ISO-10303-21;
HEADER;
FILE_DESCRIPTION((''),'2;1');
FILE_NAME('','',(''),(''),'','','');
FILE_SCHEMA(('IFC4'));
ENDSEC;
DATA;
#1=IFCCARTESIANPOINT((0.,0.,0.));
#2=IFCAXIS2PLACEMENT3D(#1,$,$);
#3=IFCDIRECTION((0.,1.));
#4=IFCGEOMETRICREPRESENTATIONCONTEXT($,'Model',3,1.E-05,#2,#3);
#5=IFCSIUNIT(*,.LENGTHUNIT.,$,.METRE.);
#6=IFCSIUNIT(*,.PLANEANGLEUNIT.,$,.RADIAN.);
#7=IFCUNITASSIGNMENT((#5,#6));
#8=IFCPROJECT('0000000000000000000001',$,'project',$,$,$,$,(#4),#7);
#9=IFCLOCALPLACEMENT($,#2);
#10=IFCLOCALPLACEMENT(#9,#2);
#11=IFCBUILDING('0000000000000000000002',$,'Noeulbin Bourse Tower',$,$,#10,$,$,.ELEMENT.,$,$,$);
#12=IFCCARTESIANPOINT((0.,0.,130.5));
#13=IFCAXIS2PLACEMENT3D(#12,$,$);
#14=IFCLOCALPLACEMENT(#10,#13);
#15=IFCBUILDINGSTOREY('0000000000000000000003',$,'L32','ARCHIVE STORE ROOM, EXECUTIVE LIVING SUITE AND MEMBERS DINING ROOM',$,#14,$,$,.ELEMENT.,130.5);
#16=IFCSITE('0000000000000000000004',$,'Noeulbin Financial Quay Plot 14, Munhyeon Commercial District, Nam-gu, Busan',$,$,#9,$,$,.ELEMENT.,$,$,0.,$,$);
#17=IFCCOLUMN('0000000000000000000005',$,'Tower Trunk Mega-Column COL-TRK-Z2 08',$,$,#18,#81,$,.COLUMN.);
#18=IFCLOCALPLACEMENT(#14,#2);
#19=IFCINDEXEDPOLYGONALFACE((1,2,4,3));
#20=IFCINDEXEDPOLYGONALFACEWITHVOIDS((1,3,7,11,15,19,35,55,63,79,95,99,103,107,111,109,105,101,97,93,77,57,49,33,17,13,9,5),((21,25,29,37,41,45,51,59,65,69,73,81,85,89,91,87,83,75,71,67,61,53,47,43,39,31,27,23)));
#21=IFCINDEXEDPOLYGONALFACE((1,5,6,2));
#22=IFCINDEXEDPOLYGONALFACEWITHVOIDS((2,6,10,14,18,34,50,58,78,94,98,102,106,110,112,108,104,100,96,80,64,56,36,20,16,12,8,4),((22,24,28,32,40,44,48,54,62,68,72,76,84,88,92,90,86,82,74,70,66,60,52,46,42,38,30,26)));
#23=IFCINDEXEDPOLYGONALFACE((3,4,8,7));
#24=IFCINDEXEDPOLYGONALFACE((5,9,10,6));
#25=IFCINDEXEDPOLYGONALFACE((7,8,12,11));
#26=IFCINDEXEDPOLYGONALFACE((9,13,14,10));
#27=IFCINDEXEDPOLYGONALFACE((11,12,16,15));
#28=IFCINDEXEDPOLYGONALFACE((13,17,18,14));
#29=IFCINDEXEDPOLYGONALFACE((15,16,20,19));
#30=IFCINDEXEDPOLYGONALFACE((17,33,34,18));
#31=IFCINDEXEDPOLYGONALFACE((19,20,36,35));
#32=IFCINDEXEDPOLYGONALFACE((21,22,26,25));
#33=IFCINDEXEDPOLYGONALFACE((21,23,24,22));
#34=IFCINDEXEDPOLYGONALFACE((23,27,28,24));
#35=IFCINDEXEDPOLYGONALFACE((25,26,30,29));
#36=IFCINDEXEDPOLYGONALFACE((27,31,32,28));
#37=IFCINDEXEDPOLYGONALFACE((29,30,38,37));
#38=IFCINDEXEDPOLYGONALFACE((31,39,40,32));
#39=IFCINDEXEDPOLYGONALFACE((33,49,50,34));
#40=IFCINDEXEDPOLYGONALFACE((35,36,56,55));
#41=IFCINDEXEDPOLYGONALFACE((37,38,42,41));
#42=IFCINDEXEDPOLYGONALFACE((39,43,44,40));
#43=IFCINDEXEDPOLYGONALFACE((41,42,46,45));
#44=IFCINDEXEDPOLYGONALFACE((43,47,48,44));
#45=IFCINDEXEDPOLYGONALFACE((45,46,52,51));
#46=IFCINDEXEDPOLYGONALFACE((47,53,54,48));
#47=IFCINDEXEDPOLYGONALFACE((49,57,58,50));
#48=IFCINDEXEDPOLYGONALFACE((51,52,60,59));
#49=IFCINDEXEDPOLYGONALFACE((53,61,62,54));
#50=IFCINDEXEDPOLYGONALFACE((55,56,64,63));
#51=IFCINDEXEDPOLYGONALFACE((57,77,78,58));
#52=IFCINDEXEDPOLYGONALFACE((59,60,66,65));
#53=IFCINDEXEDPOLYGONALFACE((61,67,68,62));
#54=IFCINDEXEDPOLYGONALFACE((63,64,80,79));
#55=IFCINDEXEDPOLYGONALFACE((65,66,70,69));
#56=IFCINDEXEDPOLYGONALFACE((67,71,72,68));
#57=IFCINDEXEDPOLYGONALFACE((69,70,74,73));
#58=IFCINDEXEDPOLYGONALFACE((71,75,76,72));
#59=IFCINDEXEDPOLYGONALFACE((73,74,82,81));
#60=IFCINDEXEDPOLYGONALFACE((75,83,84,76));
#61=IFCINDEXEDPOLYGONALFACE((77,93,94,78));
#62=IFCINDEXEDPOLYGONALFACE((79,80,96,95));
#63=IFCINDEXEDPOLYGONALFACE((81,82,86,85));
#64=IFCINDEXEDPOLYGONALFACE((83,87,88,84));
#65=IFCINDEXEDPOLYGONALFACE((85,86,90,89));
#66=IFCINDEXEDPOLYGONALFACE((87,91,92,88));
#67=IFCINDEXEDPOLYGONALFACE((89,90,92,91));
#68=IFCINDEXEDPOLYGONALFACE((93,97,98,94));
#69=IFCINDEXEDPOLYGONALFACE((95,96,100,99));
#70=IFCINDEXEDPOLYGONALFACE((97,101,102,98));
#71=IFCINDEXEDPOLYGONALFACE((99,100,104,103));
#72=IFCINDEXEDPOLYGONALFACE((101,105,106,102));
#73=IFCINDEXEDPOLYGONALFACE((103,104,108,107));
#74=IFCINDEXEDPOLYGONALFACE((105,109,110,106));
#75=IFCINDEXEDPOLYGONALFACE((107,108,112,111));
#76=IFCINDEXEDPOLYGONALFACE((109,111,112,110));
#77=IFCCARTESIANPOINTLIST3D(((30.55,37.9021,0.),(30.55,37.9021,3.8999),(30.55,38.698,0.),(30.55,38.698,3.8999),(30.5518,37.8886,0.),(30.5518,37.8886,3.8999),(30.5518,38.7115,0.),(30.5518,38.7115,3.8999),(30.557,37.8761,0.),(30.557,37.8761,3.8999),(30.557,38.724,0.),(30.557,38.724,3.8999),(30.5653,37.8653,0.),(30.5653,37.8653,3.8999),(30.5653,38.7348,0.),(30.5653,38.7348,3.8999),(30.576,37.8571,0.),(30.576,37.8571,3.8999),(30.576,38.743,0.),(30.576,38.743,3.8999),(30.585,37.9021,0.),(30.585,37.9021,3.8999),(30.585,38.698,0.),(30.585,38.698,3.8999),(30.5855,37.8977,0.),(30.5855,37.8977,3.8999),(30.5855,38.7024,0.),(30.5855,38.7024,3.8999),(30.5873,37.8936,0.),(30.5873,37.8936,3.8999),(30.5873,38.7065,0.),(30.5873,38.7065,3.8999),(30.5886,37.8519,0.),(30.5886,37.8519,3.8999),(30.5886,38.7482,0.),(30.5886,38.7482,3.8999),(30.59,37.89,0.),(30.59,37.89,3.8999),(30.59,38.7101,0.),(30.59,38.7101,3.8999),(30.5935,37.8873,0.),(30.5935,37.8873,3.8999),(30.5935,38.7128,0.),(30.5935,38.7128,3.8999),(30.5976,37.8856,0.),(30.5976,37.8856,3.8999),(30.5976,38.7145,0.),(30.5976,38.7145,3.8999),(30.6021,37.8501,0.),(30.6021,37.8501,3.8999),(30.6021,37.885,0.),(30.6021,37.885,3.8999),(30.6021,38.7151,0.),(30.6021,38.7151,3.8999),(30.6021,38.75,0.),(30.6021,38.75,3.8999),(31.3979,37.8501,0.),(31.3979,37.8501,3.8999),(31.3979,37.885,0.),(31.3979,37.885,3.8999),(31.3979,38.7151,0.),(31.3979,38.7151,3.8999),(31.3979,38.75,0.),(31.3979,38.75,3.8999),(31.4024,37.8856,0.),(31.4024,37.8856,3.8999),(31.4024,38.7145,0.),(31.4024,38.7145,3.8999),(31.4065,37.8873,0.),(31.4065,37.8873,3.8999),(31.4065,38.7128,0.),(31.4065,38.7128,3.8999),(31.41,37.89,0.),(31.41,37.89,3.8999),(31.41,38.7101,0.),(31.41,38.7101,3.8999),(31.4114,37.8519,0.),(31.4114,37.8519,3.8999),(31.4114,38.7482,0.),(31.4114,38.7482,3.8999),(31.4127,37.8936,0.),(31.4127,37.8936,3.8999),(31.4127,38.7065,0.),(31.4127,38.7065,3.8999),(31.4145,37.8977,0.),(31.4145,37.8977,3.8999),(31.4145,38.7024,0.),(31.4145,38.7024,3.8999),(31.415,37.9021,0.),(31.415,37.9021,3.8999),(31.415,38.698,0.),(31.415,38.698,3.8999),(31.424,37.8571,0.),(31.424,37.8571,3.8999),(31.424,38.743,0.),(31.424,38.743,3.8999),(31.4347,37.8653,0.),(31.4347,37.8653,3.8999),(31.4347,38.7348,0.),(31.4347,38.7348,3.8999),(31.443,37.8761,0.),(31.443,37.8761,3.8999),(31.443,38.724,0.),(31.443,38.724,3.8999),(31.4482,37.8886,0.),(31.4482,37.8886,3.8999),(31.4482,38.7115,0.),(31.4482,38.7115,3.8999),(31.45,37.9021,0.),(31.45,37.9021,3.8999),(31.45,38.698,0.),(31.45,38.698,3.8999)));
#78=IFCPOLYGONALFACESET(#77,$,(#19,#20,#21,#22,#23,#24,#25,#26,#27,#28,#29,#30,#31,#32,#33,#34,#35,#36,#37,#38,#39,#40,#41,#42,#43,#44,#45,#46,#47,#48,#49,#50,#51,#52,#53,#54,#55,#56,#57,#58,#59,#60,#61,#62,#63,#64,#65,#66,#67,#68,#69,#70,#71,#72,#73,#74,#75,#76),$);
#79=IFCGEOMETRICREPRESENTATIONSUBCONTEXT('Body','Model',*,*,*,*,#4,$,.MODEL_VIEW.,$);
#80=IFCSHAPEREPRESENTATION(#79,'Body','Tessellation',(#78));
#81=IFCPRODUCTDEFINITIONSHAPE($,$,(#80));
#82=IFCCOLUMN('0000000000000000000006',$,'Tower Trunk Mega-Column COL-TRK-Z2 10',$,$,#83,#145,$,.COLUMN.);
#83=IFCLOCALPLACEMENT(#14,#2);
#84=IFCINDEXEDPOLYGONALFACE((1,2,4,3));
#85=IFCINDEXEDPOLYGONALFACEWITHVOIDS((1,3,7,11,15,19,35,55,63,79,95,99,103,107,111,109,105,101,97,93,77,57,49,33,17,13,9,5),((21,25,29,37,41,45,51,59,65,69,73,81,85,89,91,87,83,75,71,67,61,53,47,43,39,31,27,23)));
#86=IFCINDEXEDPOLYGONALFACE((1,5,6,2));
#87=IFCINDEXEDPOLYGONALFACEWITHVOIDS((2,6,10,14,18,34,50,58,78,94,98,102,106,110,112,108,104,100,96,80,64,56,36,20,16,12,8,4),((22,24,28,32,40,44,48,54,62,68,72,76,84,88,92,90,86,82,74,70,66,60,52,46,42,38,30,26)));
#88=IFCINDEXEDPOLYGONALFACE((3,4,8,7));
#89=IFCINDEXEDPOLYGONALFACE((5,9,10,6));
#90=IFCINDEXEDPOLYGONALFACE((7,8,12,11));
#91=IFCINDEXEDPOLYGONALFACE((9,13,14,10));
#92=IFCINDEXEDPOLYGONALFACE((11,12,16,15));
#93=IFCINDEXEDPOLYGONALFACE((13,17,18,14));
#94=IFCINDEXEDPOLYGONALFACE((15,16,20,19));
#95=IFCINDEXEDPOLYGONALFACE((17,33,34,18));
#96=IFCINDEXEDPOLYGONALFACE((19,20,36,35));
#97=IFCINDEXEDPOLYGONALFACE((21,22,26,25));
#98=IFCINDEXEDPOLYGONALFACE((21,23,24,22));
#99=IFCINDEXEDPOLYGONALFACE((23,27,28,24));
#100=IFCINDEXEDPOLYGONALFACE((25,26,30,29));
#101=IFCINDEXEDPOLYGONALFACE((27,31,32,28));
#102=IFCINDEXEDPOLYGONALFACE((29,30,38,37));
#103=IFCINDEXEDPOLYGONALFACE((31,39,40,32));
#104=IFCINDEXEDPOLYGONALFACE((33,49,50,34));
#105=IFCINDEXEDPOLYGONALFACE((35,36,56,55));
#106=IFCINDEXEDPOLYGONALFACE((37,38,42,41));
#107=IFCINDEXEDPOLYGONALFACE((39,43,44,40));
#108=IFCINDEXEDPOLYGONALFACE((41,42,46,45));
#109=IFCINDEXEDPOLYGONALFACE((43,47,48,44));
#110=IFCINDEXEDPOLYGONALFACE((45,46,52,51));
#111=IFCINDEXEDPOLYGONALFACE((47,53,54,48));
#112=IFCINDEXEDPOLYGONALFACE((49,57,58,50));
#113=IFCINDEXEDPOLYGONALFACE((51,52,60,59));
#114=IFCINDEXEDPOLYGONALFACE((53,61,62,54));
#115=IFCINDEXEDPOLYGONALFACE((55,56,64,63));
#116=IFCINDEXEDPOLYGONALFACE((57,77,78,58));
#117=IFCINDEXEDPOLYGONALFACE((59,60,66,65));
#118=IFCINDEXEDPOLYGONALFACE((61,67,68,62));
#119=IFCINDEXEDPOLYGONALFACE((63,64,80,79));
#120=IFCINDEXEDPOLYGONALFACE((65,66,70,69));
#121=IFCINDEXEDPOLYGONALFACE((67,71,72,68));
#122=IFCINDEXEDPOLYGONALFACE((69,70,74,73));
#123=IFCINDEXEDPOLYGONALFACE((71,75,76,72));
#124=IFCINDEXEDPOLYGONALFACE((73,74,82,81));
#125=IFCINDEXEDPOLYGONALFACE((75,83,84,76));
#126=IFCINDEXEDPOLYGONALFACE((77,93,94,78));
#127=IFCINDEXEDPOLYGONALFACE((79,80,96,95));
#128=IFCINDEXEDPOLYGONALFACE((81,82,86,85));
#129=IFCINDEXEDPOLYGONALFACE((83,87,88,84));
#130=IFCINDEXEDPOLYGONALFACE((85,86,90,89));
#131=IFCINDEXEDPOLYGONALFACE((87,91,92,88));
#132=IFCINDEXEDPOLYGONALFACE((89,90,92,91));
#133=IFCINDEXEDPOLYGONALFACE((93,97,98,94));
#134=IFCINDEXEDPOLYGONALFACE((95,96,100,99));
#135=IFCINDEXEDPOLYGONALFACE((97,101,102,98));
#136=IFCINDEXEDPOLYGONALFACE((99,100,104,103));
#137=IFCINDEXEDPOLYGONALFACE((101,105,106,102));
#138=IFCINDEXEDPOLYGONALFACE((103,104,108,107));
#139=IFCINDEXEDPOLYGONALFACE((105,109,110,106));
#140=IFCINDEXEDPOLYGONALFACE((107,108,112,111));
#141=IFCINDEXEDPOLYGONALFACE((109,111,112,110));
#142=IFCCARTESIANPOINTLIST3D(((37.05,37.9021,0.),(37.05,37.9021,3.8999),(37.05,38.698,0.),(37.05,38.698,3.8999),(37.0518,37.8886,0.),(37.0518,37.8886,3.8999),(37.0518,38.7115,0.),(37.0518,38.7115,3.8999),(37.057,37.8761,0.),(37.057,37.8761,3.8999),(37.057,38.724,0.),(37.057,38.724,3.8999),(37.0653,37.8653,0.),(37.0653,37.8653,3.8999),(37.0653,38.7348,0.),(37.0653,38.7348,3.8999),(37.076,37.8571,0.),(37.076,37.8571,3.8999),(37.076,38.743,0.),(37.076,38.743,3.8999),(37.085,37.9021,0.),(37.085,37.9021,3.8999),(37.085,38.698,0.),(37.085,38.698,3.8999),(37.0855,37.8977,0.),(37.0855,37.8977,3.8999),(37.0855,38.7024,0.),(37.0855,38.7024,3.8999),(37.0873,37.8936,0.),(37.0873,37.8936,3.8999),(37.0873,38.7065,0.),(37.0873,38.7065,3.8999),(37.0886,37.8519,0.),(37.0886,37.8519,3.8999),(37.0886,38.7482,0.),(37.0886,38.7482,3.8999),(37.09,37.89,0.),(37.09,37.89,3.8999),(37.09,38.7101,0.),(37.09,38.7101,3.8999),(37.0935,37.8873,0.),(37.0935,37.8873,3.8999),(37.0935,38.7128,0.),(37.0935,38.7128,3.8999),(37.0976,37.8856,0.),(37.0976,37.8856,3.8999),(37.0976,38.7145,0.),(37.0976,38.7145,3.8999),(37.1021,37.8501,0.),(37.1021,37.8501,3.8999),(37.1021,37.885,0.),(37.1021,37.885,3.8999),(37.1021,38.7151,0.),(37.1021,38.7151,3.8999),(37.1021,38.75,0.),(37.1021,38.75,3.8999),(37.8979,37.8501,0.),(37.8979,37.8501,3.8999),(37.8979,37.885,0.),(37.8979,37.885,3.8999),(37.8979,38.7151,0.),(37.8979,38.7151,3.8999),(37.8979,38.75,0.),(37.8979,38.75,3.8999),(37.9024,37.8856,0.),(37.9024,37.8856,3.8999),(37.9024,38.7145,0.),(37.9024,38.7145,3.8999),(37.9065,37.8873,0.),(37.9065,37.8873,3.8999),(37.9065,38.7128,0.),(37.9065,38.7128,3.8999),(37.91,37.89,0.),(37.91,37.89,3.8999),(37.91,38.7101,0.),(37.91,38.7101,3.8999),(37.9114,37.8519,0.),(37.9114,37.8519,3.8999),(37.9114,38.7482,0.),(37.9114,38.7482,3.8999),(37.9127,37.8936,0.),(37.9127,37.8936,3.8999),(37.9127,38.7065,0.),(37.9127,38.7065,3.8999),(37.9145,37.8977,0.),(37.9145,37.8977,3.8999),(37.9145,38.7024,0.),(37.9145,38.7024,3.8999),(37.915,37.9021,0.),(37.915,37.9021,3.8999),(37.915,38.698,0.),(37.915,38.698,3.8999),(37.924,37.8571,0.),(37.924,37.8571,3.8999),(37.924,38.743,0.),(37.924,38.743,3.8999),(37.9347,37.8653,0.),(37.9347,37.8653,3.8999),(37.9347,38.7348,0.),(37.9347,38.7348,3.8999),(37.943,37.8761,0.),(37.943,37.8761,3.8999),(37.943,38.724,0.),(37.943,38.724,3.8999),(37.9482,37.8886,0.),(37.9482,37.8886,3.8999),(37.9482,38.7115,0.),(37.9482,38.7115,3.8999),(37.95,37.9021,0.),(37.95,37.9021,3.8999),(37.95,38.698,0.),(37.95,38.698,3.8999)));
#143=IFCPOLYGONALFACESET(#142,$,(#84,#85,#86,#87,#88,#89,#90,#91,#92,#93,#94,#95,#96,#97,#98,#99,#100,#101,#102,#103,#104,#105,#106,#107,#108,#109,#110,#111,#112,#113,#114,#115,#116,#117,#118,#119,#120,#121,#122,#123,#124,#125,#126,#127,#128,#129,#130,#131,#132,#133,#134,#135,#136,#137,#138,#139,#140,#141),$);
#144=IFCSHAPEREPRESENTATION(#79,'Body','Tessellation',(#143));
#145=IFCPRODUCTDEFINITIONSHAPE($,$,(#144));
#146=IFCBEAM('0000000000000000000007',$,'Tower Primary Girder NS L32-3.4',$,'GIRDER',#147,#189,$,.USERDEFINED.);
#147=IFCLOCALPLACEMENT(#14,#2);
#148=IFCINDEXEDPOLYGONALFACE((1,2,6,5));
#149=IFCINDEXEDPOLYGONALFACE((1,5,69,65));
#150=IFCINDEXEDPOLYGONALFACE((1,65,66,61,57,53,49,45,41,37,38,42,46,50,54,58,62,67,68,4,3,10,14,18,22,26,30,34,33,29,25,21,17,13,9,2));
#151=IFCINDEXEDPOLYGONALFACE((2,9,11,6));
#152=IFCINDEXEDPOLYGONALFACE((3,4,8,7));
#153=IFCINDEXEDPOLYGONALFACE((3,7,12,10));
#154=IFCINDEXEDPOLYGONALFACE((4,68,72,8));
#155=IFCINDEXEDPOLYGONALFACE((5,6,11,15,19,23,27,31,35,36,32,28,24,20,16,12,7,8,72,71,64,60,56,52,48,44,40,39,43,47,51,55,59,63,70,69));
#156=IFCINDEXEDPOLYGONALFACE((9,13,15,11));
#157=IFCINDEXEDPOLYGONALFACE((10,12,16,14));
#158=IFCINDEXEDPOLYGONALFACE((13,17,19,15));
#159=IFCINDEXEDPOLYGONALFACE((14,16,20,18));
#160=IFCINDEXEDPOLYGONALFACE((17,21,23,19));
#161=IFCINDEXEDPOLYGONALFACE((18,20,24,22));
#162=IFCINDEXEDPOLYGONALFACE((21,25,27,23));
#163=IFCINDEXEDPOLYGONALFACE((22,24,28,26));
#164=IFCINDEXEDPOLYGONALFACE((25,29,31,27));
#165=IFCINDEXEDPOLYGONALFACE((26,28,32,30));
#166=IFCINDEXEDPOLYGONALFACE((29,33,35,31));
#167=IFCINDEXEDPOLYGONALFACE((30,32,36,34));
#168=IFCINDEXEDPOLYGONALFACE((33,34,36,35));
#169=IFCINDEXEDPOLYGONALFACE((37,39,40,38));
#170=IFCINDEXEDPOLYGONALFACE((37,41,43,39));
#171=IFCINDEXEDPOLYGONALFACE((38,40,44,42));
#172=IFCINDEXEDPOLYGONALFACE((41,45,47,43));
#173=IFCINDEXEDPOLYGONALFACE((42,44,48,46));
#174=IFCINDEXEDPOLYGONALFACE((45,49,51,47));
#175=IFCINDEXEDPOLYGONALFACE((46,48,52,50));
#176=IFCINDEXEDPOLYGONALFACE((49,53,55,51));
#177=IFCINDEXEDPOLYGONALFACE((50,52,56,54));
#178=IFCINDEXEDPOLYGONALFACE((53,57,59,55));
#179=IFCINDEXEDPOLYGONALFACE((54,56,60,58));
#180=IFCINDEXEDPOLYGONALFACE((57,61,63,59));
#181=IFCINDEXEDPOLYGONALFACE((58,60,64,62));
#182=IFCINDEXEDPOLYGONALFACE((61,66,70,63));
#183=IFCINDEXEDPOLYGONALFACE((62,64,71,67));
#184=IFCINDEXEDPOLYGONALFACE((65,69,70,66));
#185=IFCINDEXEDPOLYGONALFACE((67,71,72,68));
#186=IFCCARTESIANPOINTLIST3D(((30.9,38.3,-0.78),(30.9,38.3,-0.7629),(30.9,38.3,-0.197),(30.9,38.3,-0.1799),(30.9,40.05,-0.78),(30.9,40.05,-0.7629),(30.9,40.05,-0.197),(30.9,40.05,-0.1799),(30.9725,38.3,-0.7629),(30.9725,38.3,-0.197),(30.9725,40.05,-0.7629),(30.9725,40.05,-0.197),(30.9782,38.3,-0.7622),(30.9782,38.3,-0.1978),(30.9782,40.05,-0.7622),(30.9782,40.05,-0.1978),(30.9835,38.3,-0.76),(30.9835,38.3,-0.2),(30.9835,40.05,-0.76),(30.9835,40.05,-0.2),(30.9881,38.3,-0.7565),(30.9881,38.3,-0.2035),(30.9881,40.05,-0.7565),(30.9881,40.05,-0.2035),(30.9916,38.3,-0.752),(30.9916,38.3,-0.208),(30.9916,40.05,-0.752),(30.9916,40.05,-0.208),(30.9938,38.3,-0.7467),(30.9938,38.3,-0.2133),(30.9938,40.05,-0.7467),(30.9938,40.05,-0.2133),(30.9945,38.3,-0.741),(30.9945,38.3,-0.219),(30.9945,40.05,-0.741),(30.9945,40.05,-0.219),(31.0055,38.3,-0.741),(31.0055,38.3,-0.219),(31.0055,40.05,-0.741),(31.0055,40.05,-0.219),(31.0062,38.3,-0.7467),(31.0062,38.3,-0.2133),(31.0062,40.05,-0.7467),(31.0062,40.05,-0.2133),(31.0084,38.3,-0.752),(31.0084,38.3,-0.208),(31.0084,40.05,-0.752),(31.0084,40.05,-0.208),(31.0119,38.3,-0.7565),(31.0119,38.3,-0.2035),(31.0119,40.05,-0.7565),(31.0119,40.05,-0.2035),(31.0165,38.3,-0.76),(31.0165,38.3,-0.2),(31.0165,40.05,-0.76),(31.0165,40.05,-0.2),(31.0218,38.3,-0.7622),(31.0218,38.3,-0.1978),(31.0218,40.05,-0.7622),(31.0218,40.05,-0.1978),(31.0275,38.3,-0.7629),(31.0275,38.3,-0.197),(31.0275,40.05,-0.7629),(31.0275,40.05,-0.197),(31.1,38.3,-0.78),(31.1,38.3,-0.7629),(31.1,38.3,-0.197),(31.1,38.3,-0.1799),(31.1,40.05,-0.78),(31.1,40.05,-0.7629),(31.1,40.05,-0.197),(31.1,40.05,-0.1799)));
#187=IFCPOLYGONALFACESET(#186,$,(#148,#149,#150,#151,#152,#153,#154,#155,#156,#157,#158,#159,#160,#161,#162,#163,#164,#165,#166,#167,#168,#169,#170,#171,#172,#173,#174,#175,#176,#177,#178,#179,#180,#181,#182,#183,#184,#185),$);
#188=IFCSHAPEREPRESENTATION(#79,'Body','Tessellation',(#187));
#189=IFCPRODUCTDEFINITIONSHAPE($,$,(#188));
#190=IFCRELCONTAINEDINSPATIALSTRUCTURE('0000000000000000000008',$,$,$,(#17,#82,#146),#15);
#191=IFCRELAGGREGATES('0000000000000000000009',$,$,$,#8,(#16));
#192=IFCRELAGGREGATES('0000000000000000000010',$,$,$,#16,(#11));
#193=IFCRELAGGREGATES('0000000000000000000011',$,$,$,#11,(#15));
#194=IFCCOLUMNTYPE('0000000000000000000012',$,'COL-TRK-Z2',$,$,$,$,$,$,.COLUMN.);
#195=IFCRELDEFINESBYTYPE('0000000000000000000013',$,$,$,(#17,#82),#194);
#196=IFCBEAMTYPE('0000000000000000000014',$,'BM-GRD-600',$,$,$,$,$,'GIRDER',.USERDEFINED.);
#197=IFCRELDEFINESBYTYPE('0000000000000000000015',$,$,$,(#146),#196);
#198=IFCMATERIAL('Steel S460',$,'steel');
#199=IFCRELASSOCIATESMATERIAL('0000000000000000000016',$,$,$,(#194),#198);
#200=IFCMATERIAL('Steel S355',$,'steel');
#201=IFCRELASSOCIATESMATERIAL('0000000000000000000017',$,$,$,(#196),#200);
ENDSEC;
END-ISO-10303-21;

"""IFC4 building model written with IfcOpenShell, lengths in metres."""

from ifc_helpers import new_model, si_unit, direction, frame, origin, origin_2d, place, context, subcontext, project, spatial, hollow_rectangle, i_section, extrude, material, material_profile, profile_set, type_object, element, save


model = new_model("IFC4")

# Units and contexts
model_context = context("Model", 3, precision=1e-05, world=origin(), true_north=direction((0.0, 1.0)))
body_context = subcontext(model_context, "Body", "Model", "MODEL_VIEW")
ifc_project = project(units=[si_unit("LENGTHUNIT", "METRE"), si_unit("PLANEANGLEUNIT", "RADIAN")], contexts=[model_context])

# Site, building, storey
site_placement = place(None, origin())
site = spatial("IfcSite", under=ifc_project, at=site_placement, Name="Noeulbin Financial Quay Plot 14, Munhyeon Commercial District, Nam-gu, Busan", CompositionType="ELEMENT", RefElevation=0.0)
building_placement = place(site_placement, origin())
building = spatial("IfcBuilding", under=site, at=building_placement, Name="Noeulbin Bourse Tower", CompositionType="ELEMENT")
storey_placement = place(building_placement, frame((0.0, 0.0, 130.5)))
storey = spatial("IfcBuildingStorey", under=building, at=storey_placement, Name="L32", Description="ARCHIVE STORE ROOM, EXECUTIVE LIVING SUITE AND MEMBERS DINING ROOM", CompositionType="ELEMENT", Elevation=130.5)

# Columns
ifc_material_1 = material(Name="Steel S460", Category="steel")
ifc_material_profile_1 = material_profile(ifc_material_1, hollow_rectangle(XDim=0.8999, YDim=0.8999, WallThickness=0.0349, InnerFilletRadius=0.0171, OuterFilletRadius=0.052, at=origin_2d()), Name="BOX-900x900x35", Category="LoadBearing")
ifc_profile_set_1 = profile_set([ifc_material_profile_1], Name="Steel S460")
column_type = type_object("IfcColumnType", Name="COL-TRK-Z2", PredefinedType="COLUMN", material=ifc_profile_set_1)
for number, where, z_axis, x_axis, name in (
    (1, (31.0, 38.3, 0.0), (0.0, 0.0, 1.0), (1.0, 0.0, 0.0), "Tower Trunk Mega-Column COL-TRK-Z2 08"),
    (2, (37.5, 38.3, 0.0), (0.0, 0.0, 1.0), (1.0, 0.0, 0.0), "Tower Trunk Mega-Column COL-TRK-Z2 10"),
):
    element("IfcColumn", number, at=place(storey_placement, frame(where, z_axis=z_axis, x_axis=x_axis)), inside=storey, type_object=column_type, Name=name, PredefinedType="COLUMN", context=body_context, shape_type="SweptSolid", body=[
        extrude(hollow_rectangle(XDim=0.8999, YDim=0.8999, WallThickness=0.0349, InnerFilletRadius=0.0171, OuterFilletRadius=0.052, at=origin_2d()), origin(), (0.0, 0.0, 1.0), 3.8999),
    ])

# Beam
ifc_material_2 = material(Name="Steel S355", Category="steel")
ifc_material_profile_2 = material_profile(ifc_material_2, i_section(OverallWidth=0.2, OverallDepth=0.6001, WebThickness=0.011, FlangeThickness=0.0171, FilletRadius=0.022, at=origin_2d()), Name="H-600x200x11x17", Category="LoadBearing")
ifc_profile_set_2 = profile_set([ifc_material_profile_2], Name="Steel S355")
beam_type = type_object("IfcBeamType", Name="BM-GRD-600", ElementType="GIRDER", PredefinedType="USERDEFINED", material=ifc_profile_set_2)
for number, where, z_axis, x_axis, name in (
    (3, (31.0, 38.3, -0.48), (0.0, 1.0, 0.0), (-1.0, 0.0, 0.0), "Tower Primary Girder NS L32-3.4"),
):
    element("IfcBeam", number, at=place(storey_placement, frame(where, z_axis=z_axis, x_axis=x_axis)), inside=storey, type_object=beam_type, Name=name, ObjectType="GIRDER", PredefinedType="USERDEFINED", context=body_context, shape_type="SweptSolid", body=[
        extrude(i_section(OverallWidth=0.2, OverallDepth=0.6001, WebThickness=0.011, FlangeThickness=0.0171, FilletRadius=0.022, at=origin_2d()), origin(), (0.0, 0.0, 1.0), 1.75),
    ])

save(model, "model.ifc")
